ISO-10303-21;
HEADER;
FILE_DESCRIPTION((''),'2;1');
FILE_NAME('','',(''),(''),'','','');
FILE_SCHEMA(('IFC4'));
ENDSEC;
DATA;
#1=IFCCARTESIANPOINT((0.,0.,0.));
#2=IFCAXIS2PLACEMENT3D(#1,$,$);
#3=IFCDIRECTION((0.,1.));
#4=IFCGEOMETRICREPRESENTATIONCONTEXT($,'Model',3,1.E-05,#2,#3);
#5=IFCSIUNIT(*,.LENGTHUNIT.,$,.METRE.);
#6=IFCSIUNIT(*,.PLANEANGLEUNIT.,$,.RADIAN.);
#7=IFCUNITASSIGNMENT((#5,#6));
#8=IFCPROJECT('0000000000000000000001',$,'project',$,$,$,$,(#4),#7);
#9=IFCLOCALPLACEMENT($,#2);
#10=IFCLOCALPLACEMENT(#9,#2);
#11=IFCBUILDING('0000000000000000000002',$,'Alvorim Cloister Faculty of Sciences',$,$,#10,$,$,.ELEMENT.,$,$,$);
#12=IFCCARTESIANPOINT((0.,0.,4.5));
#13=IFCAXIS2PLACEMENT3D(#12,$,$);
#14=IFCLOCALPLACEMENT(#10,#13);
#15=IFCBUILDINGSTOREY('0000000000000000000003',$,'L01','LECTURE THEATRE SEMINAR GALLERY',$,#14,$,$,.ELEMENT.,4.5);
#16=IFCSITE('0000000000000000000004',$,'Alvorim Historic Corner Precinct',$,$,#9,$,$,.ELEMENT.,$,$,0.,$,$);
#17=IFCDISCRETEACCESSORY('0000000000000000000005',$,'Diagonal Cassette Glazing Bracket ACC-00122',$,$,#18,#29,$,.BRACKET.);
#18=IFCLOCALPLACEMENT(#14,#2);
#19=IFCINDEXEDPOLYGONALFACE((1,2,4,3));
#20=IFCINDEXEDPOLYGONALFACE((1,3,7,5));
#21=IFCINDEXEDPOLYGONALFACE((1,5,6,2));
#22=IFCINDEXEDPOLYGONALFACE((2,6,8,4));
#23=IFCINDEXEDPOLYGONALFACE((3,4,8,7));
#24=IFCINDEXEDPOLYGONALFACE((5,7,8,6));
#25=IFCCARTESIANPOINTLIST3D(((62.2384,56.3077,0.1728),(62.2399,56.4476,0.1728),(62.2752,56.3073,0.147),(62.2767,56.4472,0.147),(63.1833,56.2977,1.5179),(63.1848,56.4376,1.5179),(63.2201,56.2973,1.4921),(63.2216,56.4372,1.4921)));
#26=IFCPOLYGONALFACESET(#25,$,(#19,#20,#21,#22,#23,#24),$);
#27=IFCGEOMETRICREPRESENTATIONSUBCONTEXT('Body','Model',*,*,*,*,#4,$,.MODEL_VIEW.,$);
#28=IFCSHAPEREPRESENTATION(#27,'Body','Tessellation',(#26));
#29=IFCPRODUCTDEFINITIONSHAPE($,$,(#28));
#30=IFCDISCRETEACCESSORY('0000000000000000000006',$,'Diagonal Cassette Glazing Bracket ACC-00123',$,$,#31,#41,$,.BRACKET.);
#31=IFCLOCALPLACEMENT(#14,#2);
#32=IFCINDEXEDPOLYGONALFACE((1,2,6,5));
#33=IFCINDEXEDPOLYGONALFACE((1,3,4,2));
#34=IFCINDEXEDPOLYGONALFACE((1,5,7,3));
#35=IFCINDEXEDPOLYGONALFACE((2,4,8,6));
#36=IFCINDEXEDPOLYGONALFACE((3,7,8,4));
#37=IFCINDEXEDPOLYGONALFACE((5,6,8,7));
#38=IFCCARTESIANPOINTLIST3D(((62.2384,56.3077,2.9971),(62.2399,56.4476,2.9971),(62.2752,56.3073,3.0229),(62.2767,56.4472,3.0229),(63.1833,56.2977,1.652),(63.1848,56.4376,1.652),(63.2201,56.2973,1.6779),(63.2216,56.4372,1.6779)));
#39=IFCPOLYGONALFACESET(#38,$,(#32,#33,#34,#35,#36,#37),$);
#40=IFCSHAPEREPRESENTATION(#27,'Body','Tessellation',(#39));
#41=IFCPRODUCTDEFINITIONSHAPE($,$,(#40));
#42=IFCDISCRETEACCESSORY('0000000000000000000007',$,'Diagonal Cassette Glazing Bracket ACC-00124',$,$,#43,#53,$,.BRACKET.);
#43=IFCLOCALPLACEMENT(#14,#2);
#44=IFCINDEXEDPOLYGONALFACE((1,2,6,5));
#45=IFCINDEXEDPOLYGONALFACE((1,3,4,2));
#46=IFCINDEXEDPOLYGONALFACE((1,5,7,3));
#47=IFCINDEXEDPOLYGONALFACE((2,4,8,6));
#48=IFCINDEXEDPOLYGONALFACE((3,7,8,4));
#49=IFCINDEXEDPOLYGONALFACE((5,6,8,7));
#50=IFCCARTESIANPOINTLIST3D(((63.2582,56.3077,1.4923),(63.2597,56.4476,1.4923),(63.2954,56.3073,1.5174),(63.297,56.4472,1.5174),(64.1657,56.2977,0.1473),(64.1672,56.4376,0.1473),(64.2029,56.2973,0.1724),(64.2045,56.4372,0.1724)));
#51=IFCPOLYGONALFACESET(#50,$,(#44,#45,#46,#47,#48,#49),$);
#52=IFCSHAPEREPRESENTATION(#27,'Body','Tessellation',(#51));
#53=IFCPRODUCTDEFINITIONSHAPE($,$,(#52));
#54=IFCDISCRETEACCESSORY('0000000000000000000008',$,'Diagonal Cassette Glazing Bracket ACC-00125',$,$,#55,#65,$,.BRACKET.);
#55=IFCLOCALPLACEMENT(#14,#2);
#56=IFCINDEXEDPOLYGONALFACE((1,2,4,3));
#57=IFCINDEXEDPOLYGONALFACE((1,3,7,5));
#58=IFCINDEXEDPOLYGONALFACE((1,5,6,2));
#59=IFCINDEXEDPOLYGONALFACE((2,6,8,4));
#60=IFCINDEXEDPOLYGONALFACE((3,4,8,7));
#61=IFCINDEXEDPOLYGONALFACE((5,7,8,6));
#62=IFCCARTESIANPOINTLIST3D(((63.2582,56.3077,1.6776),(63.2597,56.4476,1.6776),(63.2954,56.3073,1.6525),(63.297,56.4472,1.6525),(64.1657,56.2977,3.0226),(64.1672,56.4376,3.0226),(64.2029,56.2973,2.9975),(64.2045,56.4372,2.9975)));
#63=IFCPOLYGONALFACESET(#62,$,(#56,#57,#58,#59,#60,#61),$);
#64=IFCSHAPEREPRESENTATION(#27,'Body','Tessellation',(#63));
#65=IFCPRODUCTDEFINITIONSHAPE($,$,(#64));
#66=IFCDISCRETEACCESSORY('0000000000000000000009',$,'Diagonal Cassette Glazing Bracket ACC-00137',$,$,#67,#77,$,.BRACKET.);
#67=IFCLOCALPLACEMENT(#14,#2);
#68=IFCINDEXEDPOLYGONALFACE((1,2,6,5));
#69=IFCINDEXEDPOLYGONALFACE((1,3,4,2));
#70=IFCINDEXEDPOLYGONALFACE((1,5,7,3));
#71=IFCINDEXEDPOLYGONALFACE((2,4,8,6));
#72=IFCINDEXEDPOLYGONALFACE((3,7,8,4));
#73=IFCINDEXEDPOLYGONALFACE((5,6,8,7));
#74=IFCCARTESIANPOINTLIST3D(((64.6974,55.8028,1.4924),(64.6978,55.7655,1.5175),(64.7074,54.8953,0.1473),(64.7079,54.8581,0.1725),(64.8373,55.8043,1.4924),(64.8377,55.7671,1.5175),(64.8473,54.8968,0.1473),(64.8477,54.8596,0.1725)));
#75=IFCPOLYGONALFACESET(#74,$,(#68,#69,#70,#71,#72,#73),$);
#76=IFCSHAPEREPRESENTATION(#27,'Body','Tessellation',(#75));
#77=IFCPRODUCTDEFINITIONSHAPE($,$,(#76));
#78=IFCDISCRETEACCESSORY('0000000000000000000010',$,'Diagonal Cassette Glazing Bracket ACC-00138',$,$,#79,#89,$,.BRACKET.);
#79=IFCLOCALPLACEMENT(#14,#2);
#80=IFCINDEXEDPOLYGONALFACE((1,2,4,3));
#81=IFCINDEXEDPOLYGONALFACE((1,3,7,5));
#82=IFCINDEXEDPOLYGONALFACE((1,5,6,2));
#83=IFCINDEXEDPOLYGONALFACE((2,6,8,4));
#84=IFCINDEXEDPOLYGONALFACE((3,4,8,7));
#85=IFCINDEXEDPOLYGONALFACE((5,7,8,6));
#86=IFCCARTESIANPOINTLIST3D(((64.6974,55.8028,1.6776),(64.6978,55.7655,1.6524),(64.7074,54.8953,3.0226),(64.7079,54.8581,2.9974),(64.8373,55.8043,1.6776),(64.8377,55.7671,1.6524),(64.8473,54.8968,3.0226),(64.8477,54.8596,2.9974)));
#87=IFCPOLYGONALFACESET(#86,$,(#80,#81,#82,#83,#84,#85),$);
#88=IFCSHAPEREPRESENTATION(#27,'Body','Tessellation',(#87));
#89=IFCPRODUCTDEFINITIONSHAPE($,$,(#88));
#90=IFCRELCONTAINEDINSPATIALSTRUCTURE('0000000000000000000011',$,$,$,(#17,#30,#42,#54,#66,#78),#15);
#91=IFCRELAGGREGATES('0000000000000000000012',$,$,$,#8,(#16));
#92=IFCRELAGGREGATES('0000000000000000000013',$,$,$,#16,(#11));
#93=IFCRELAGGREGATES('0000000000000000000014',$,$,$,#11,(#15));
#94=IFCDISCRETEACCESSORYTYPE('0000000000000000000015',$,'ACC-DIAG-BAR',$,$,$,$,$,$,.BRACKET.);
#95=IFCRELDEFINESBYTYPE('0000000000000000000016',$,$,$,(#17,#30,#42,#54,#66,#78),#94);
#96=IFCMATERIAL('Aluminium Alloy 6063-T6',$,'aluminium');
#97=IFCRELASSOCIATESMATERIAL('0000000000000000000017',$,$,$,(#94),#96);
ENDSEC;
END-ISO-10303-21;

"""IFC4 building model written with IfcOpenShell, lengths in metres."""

from ifc_helpers import new_model, si_unit, direction, frame, origin, origin_2d, place, context, subcontext, project, spatial, rectangle, extrude, material, type_object, element, save


model = new_model("IFC4")

# Units and contexts
model_context = context("Model", 3, precision=1e-05, world=origin(), true_north=direction((0.0, 1.0)))
body_context = subcontext(model_context, "Body", "Model", "MODEL_VIEW")
ifc_project = project(units=[si_unit("LENGTHUNIT", "METRE"), si_unit("PLANEANGLEUNIT", "RADIAN")], contexts=[model_context])

# Site, building, storey
site_placement = place(None, origin())
site = spatial("IfcSite", under=ifc_project, at=site_placement, Name="Alvorim Historic Corner Precinct", CompositionType="ELEMENT", RefElevation=0.0)
building_placement = place(site_placement, origin())
building = spatial("IfcBuilding", under=site, at=building_placement, Name="Alvorim Cloister Faculty of Sciences", CompositionType="ELEMENT")
storey_placement = place(building_placement, frame((0.0, 0.0, 4.5)))
storey = spatial("IfcBuildingStorey", under=building, at=storey_placement, Name="L01", Description="LECTURE THEATRE SEMINAR GALLERY", CompositionType="ELEMENT", Elevation=4.5)

# Shared definitions
ifc_material_1 = material(Name="Aluminium Alloy 6063-T6", Category="aluminium")

# Discrete accessories
discrete_accessory_type = type_object("IfcDiscreteAccessoryType", Name="ACC-DIAG-BAR", PredefinedType="BRACKET", material=ifc_material_1)
for number, where, z_axis, x_axis, name in (
    (1, (62.2576, 56.3774, 0.1599), (0.574817, -0.00609, 0.81826), (0.010594, 0.999944, 0.0), "Diagonal Cassette Glazing Bracket ACC-00122"),
    (2, (62.2576, 56.3774, 3.01), (0.574817, -0.00609, -0.81826), (0.010594, 0.999944, 0.0), "Diagonal Cassette Glazing Bracket ACC-00123"),
):
    element("IfcDiscreteAccessory", number, at=place(storey_placement, frame(where, z_axis=z_axis, x_axis=x_axis)), inside=storey, type_object=discrete_accessory_type, Name=name, PredefinedType="BRACKET", context=body_context, shape_type="SweptSolid", body=[
        extrude(rectangle(XDim=0.1399, YDim=0.0449, at=origin_2d()), origin(), (0.0, 0.0, 1.0), 1.6438),
    ])
for number, where, z_axis, x_axis, name in (
    (3, (63.2776, 56.3774, 1.5049), (0.559299, -0.006169, -0.828943), (0.01103, 0.999939, 0.0), "Diagonal Cassette Glazing Bracket ACC-00124"),
    (4, (63.2776, 56.3774, 1.665), (0.559299, -0.006169, 0.828943), (0.01103, 0.999939, 0.0), "Diagonal Cassette Glazing Bracket ACC-00125"),
    (5, (64.7776, 54.8774, 0.1599), (-0.006169, 0.559299, 0.828943), (-0.999939, -0.01103, 0.0), "Diagonal Cassette Glazing Bracket ACC-00137"),
    (6, (64.7776, 54.8774, 3.01), (-0.006169, 0.559299, -0.828943), (-0.999939, -0.01103, 0.0), "Diagonal Cassette Glazing Bracket ACC-00138"),
):
    element("IfcDiscreteAccessory", number, at=place(storey_placement, frame(where, z_axis=z_axis, x_axis=x_axis)), inside=storey, type_object=discrete_accessory_type, Name=name, PredefinedType="BRACKET", context=body_context, shape_type="SweptSolid", body=[
        extrude(rectangle(XDim=0.1399, YDim=0.0449, at=origin_2d()), origin(), (0.0, 0.0, 1.0), 1.6226),
    ])

save(model, "model.ifc")
